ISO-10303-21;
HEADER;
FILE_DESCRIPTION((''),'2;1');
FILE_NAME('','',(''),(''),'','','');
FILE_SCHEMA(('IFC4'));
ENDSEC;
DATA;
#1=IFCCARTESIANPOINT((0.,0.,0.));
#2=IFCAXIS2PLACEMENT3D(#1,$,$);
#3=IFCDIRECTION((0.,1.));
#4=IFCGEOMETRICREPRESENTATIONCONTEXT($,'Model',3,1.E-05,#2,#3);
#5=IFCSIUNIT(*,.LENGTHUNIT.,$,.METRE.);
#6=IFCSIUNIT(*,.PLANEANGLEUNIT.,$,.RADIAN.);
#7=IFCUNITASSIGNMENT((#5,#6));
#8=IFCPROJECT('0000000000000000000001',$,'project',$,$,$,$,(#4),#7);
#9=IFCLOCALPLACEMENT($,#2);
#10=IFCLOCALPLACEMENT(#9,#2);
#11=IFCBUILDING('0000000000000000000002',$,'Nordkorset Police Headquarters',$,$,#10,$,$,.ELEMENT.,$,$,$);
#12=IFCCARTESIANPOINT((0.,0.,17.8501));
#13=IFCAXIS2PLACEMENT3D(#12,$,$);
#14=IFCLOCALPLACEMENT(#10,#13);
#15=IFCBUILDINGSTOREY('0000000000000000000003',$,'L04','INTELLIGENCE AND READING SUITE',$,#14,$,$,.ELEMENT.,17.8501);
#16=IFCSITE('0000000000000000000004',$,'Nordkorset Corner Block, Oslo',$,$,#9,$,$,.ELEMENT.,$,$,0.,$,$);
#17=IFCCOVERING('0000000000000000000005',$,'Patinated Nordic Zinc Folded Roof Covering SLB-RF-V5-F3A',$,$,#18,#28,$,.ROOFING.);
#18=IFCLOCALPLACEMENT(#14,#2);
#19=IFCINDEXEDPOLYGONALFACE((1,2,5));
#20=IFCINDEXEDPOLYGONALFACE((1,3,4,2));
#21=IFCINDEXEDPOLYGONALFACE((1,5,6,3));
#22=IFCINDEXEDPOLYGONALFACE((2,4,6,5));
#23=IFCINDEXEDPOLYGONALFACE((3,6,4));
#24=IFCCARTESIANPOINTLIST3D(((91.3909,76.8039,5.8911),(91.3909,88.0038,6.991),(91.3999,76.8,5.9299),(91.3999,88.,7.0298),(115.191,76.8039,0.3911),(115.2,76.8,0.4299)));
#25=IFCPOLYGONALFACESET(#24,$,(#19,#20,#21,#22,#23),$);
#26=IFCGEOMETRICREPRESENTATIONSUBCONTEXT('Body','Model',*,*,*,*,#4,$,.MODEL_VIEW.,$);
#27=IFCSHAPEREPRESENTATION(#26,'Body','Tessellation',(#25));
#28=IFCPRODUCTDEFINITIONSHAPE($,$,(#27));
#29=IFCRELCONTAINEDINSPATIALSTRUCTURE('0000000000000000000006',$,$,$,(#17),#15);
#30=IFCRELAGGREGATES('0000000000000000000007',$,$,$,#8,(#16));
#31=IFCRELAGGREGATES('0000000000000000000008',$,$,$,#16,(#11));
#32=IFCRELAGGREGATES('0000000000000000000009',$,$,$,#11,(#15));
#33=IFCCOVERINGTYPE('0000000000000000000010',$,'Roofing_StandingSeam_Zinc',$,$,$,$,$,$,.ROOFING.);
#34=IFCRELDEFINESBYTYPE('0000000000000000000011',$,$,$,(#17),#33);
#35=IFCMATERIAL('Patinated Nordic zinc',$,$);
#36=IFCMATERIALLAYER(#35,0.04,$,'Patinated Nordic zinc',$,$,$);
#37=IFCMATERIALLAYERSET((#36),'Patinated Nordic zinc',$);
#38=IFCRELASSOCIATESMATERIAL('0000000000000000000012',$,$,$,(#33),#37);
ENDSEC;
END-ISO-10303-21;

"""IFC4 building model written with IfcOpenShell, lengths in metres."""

from ifc_helpers import new_model, si_unit, direction, frame, origin, place, context, subcontext, project, spatial, polyline, outline, extrude, material, layer, layer_set, type_object, element, save


model = new_model("IFC4")

# Units and contexts
model_context = context("Model", 3, precision=1e-05, world=origin(), true_north=direction((0.0, 1.0)))
body_context = subcontext(model_context, "Body", "Model", "MODEL_VIEW")
ifc_project = project(units=[si_unit("LENGTHUNIT", "METRE"), si_unit("PLANEANGLEUNIT", "RADIAN")], contexts=[model_context])

# Site, building, storey
site_placement = place(None, origin())
site = spatial("IfcSite", under=ifc_project, at=site_placement, Name="Nordkorset Corner Block, Oslo", CompositionType="ELEMENT", RefElevation=0.0)
building_placement = place(site_placement, origin())
building = spatial("IfcBuilding", under=site, at=building_placement, Name="Nordkorset Police Headquarters", CompositionType="ELEMENT")
storey_placement = place(building_placement, frame((0.0, 0.0, 17.8501)))
storey = spatial("IfcBuildingStorey", under=building, at=storey_placement, Name="L04", Description="INTELLIGENCE AND READING SUITE", CompositionType="ELEMENT", Elevation=17.8501)

# Covering
ifc_material_1 = material(Name="Patinated Nordic zinc")
ifc_layer_1 = layer(ifc_material_1, 0.04, Name="Patinated Nordic zinc")
ifc_layer_set_1 = layer_set([ifc_layer_1], Name="Patinated Nordic zinc")
covering_type = type_object("IfcCoveringType", Name="Roofing_StandingSeam_Zinc", PredefinedType="ROOFING", material=ifc_layer_set_1)
covering_placement = place(storey_placement, frame((91.3999, 76.8, 5.9299), z_axis=(0.224134, -0.095245, 0.969893), x_axis=(0.974322, 0.0, -0.225158)))
element("IfcCovering", 1, at=covering_placement, inside=storey, type_object=covering_type, Name="Patinated Nordic Zinc Folded Roof Covering SLB-RF-V5-F3A", PredefinedType="ROOFING", context=body_context, shape_type="SweptSolid", body=[
    extrude(outline(polyline([(0.0, 0.0), (24.4273, 0.0), (-0.2476, 11.2511), (0.0, 0.0)])), origin(), (0.0, 0.0, -1.0), 0.04),
])

save(model, "model.ifc")
